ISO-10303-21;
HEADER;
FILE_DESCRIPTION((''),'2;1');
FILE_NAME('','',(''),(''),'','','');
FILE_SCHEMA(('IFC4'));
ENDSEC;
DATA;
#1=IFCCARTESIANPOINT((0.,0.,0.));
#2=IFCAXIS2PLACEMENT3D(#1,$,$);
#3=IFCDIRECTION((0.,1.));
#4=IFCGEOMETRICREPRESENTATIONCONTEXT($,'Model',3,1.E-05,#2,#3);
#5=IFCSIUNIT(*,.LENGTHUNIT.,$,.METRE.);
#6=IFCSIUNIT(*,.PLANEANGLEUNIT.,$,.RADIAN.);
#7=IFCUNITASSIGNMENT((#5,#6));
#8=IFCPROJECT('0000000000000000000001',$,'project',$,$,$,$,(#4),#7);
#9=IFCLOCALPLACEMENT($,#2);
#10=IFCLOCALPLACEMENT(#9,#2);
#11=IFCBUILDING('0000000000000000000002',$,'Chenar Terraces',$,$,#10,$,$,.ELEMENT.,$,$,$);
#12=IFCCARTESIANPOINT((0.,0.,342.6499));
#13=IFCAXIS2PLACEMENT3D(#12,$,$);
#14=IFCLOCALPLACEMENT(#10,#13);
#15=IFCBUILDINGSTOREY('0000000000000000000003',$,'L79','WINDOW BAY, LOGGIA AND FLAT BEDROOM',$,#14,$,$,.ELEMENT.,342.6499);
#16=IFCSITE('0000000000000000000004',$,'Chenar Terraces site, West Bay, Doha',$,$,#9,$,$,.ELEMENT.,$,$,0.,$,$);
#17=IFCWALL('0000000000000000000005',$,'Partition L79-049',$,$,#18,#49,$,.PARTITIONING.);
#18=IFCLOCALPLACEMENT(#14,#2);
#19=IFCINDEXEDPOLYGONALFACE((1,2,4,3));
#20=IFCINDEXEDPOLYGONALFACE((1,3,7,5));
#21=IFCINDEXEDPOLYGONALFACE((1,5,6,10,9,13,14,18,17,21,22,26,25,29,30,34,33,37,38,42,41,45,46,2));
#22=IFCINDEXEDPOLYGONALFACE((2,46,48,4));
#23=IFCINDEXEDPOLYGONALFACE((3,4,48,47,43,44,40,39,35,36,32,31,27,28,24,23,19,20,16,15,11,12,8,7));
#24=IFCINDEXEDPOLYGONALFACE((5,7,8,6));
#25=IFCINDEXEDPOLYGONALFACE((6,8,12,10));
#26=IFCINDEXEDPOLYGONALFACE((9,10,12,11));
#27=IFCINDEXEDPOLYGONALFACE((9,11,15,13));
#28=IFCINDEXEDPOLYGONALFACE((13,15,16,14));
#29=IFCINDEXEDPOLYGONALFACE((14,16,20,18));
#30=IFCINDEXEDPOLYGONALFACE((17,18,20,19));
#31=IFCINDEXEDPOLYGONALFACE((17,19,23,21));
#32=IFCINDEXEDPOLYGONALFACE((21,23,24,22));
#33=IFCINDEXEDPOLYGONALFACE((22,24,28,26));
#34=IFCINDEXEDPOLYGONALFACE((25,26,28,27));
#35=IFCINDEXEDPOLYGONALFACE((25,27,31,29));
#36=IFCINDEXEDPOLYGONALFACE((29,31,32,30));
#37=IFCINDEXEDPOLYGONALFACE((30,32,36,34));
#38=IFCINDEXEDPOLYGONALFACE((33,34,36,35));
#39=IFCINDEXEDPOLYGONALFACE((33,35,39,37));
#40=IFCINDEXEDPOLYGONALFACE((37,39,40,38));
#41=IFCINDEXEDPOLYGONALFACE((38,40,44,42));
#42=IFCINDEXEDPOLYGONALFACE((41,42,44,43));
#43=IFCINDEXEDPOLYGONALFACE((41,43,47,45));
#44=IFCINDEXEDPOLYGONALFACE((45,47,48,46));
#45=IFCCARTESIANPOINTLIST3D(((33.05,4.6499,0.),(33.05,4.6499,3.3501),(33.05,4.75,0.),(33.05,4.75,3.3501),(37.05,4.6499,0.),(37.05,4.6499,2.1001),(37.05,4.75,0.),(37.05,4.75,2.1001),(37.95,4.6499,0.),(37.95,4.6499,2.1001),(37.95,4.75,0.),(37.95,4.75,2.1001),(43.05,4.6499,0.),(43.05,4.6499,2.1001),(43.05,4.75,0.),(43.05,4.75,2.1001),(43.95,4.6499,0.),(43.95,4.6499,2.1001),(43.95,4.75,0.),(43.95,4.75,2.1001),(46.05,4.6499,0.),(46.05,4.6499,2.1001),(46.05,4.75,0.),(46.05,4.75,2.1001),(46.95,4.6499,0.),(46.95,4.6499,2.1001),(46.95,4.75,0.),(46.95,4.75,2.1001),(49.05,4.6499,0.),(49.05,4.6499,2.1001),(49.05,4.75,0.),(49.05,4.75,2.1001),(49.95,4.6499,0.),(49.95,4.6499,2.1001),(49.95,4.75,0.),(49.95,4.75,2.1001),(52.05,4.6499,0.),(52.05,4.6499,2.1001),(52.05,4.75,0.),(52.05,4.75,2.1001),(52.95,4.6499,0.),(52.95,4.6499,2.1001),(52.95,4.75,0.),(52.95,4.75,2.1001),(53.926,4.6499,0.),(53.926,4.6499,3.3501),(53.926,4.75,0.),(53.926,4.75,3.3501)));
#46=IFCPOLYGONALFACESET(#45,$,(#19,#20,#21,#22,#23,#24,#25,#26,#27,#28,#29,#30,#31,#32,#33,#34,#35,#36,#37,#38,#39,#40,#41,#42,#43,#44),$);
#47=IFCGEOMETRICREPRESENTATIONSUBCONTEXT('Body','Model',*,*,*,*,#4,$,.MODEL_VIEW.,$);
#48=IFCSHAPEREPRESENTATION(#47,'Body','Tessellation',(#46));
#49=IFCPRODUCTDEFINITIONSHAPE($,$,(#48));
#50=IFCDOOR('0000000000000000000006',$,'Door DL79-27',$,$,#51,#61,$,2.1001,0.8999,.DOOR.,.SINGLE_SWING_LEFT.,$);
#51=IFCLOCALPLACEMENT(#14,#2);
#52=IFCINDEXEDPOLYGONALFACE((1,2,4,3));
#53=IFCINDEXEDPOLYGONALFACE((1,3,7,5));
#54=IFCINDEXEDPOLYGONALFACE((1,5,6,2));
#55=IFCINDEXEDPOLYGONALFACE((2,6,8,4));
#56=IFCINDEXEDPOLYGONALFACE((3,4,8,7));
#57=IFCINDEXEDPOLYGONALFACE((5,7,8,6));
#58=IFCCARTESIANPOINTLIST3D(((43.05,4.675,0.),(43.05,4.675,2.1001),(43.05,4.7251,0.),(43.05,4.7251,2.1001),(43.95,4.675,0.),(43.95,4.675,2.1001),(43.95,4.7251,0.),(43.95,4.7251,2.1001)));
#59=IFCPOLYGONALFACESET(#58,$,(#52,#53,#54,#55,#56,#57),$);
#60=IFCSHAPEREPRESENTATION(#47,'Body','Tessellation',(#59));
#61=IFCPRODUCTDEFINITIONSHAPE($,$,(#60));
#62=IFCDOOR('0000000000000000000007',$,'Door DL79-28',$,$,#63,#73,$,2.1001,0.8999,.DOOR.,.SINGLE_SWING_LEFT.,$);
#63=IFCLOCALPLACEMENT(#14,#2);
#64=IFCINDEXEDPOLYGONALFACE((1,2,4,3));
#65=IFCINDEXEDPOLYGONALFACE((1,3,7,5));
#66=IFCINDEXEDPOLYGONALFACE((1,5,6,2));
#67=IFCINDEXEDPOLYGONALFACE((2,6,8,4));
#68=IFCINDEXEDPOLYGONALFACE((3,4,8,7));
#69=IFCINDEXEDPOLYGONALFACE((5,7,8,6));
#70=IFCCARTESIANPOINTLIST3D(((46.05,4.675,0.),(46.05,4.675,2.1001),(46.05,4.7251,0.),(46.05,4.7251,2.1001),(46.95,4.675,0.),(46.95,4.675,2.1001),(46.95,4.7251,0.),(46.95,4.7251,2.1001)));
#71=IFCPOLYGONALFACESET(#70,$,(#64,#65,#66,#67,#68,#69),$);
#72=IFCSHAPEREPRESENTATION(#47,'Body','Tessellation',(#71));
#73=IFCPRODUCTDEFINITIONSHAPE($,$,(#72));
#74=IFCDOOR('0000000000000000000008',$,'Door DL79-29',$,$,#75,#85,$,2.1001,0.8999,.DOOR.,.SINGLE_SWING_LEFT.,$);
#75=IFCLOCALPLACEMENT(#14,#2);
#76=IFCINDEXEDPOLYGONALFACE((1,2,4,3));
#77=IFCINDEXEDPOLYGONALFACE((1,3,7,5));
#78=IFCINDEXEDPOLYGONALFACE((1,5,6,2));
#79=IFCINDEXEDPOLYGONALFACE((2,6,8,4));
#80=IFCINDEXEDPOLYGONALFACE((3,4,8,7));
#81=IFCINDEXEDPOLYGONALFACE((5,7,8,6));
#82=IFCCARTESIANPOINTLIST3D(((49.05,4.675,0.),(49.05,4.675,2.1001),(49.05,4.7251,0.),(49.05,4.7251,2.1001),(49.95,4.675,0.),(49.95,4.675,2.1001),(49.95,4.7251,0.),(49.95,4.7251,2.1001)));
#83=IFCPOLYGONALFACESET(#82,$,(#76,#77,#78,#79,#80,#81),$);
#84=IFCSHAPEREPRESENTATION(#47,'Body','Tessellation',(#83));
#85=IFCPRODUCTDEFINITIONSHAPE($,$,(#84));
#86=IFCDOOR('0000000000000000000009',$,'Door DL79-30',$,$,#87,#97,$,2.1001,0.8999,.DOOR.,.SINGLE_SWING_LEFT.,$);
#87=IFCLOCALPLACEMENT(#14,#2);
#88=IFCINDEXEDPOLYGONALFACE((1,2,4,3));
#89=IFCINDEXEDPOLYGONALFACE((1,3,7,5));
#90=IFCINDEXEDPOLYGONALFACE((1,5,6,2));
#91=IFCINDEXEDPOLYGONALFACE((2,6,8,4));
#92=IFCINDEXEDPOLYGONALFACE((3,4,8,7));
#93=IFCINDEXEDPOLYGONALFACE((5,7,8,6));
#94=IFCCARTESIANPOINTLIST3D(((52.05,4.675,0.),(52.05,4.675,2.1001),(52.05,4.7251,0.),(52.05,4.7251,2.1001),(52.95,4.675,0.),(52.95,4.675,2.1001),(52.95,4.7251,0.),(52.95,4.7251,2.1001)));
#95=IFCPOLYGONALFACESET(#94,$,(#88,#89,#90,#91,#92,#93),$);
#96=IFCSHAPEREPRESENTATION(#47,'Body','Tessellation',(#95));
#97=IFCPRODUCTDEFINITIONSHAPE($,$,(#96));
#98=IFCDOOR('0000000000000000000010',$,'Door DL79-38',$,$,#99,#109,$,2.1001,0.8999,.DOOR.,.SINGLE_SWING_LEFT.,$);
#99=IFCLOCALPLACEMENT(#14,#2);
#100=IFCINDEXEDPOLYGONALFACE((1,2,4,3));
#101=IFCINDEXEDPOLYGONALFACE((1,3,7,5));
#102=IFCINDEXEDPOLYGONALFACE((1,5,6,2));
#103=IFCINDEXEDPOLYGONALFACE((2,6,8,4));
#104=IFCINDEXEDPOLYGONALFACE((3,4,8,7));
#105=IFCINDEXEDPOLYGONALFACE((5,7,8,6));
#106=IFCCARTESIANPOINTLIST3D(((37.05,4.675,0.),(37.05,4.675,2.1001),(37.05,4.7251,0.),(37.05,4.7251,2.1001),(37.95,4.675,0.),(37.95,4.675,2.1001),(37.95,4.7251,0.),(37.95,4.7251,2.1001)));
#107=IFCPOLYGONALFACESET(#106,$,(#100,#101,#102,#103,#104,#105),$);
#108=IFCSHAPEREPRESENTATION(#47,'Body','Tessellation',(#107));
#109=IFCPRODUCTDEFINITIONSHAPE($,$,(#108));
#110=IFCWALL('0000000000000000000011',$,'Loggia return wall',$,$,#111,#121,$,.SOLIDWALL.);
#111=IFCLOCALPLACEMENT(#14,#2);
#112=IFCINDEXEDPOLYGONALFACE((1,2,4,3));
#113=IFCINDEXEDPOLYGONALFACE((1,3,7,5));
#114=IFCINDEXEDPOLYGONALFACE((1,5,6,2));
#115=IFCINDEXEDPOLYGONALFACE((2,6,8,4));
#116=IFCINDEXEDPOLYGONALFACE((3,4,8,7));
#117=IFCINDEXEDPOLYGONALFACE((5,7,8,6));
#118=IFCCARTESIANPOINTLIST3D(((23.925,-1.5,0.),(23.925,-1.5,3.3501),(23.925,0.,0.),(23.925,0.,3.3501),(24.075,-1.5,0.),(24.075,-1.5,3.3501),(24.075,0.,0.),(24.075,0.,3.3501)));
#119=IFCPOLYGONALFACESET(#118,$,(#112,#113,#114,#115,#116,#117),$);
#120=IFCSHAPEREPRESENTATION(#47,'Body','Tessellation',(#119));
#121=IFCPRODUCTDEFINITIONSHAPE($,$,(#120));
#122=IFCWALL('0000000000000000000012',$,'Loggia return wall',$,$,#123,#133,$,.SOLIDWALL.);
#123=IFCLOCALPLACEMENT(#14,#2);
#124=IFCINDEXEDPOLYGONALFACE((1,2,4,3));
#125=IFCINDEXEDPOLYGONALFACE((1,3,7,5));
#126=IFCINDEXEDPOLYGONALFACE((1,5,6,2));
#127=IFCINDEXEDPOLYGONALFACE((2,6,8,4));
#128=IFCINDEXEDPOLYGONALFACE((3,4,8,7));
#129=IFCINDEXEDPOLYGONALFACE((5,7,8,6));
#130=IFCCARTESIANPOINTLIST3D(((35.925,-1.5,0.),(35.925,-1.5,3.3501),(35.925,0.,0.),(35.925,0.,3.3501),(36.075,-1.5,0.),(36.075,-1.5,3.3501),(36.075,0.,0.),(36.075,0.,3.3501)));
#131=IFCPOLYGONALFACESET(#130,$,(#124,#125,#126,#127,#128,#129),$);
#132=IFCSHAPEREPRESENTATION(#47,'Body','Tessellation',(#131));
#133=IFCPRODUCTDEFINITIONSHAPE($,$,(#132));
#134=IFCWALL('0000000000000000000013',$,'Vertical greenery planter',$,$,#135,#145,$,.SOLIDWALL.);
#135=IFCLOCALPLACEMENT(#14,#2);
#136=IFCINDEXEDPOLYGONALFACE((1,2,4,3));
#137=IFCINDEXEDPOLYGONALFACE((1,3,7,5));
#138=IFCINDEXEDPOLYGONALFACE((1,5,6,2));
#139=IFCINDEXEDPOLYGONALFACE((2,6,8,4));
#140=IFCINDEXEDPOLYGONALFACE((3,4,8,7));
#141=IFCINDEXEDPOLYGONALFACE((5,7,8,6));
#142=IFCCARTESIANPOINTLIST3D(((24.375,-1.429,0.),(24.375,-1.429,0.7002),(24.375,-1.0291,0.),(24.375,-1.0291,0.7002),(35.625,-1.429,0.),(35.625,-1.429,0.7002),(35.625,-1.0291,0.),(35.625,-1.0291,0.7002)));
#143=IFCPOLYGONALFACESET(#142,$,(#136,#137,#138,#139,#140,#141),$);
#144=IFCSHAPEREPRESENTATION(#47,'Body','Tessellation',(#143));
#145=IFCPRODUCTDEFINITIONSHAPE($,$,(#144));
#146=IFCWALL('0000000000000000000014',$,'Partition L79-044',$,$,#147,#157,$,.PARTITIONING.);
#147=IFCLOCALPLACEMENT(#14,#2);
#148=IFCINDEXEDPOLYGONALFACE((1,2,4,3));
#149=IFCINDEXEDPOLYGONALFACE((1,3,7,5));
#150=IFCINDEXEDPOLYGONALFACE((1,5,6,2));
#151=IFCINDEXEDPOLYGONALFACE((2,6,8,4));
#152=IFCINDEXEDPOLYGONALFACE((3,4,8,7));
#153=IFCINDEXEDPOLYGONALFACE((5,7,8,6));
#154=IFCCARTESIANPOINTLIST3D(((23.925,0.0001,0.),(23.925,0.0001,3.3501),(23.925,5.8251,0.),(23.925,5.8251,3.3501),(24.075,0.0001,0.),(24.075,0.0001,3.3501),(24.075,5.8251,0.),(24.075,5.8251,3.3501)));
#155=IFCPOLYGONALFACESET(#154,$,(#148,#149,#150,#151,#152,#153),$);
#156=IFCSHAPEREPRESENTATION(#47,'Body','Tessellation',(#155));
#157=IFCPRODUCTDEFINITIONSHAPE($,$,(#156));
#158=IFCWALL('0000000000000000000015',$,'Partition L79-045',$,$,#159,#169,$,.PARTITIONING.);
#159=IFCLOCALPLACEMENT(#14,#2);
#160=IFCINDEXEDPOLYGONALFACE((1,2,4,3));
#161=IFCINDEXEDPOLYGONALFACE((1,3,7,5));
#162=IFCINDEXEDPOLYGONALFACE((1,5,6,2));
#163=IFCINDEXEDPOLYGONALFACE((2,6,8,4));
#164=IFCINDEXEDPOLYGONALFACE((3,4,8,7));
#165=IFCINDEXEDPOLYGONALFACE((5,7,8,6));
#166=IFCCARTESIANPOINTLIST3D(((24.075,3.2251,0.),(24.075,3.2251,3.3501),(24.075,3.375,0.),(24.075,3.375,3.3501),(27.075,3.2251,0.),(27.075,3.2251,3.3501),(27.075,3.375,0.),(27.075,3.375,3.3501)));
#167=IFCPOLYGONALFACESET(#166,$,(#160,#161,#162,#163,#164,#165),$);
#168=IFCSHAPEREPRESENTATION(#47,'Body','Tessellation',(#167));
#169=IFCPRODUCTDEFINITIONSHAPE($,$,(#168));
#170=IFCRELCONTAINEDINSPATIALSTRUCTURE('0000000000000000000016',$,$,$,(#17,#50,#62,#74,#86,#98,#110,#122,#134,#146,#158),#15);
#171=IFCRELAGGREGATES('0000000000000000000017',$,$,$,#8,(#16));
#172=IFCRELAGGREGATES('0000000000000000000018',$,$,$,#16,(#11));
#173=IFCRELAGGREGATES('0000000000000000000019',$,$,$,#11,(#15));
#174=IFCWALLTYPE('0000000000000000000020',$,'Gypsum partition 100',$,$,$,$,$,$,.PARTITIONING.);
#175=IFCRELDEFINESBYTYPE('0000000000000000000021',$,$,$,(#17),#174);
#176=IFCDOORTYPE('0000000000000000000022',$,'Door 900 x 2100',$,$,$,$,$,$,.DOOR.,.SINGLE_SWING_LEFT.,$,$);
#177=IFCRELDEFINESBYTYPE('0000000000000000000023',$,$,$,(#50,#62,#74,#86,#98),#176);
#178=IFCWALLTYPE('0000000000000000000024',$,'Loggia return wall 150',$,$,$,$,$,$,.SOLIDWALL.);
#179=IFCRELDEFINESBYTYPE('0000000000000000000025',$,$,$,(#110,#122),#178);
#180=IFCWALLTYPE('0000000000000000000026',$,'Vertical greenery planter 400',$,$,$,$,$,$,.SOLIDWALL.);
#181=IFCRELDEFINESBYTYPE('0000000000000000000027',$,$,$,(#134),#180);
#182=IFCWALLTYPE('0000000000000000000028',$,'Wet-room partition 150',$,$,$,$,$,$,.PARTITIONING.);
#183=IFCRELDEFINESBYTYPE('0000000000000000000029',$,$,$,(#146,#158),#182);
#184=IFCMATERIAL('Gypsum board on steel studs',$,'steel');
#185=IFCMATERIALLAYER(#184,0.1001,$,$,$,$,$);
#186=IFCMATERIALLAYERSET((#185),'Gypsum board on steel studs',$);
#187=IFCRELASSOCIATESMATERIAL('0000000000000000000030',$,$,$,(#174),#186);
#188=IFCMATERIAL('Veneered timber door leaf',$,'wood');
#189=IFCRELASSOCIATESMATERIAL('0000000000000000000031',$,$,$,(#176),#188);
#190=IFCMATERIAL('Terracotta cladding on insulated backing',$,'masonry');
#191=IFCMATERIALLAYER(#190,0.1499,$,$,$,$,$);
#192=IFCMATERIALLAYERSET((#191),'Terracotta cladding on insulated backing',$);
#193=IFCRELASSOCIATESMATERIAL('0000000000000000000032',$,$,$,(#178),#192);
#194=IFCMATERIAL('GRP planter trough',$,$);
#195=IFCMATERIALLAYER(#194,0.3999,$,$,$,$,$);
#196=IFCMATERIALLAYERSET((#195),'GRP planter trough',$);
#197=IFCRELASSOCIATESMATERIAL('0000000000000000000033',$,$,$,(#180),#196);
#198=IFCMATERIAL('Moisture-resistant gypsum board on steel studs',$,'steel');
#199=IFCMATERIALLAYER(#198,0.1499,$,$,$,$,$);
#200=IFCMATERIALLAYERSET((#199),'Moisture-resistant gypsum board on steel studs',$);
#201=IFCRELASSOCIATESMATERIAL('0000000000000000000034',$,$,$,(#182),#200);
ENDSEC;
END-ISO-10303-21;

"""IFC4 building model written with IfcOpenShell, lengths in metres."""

from ifc_helpers import new_model, si_unit, direction, frame, frame_2d, origin, place, context, subcontext, project, spatial, rectangle, extrude, material, layer, layer_set, type_object, element, fill, save


model = new_model("IFC4")

# Units and contexts
model_context = context("Model", 3, precision=1e-05, world=origin(), true_north=direction((0.0, 1.0)))
body_context = subcontext(model_context, "Body", "Model", "MODEL_VIEW")
ifc_project = project(units=[si_unit("LENGTHUNIT", "METRE"), si_unit("PLANEANGLEUNIT", "RADIAN")], contexts=[model_context])

# Site, building, storey
site_placement = place(None, origin())
site = spatial("IfcSite", under=ifc_project, at=site_placement, Name="Chenar Terraces site, West Bay, Doha", CompositionType="ELEMENT", RefElevation=0.0)
building_placement = place(site_placement, origin())
building = spatial("IfcBuilding", under=site, at=building_placement, Name="Chenar Terraces", CompositionType="ELEMENT")
storey_placement = place(building_placement, frame((0.0, 0.0, 342.6499)))
storey = spatial("IfcBuildingStorey", under=building, at=storey_placement, Name="L79", Description="WINDOW BAY, LOGGIA AND FLAT BEDROOM", CompositionType="ELEMENT", Elevation=342.6499)

# Shared definitions
ifc_material_1 = material(Name="Gypsum board on steel studs", Category="steel")
ifc_layer_1 = layer(ifc_material_1, 0.1001)
ifc_layer_set_1 = layer_set([ifc_layer_1], Name="Gypsum board on steel studs")
wall_type_1 = type_object("IfcWallType", Name="Gypsum partition 100", PredefinedType="PARTITIONING", material=ifc_layer_set_1)

# Shared definitions
ifc_material_2 = material(Name="Veneered timber door leaf", Category="wood")
door_type_1 = type_object("IfcDoorType", Name="Door 900 x 2100", OperationType="SINGLE_SWING_LEFT", PredefinedType="DOOR", material=ifc_material_2)

# Wall, openings, doors
wall_1_placement = place(storey_placement, frame((33.05, 4.7, 0.0), z_axis=(0.0, 0.0, 1.0), x_axis=(1.0, 0.0, 0.0)))
wall_1 = element("IfcWall", 1, at=wall_1_placement, inside=storey, type_object=wall_type_1, Name="Partition L79-049", PredefinedType="PARTITIONING", context=body_context, shape_type="SweptSolid", body=[
    extrude(rectangle(XDim=20.876, YDim=0.1001, at=frame_2d((10.438, 0.0))), origin(), (0.0, 0.0, 1.0), 3.3501),
])
opening_1_placement = place(wall_1_placement, frame((10.0, 0.0, 0.0)))
opening_1 = element("IfcOpeningElement", 2, at=opening_1_placement, cuts=wall_1, PredefinedType="OPENING", context=body_context, shape_type="SweptSolid", body=[
    extrude(rectangle(XDim=0.8999, YDim=2.1001, at=frame_2d((0.45, 1.05))), frame((0.0, 0.0601, 0.0), z_axis=(0.0, -1.0, 0.0), x_axis=(1.0, 0.0, 0.0)), (0.0, 0.0, 1.0), 0.1201),
])
opening_2_placement = place(wall_1_placement, frame((13.0, 0.0, 0.0)))
opening_2 = element("IfcOpeningElement", 3, at=opening_2_placement, cuts=wall_1, PredefinedType="OPENING", context=body_context, shape_type="SweptSolid", body=[
    extrude(rectangle(XDim=0.8999, YDim=2.1001, at=frame_2d((0.45, 1.05))), frame((0.0, 0.0601, 0.0), z_axis=(0.0, -1.0, 0.0), x_axis=(1.0, 0.0, 0.0)), (0.0, 0.0, 1.0), 0.1201),
])
opening_3_placement = place(wall_1_placement, frame((16.0, 0.0, 0.0)))
opening_3 = element("IfcOpeningElement", 4, at=opening_3_placement, cuts=wall_1, PredefinedType="OPENING", context=body_context, shape_type="SweptSolid", body=[
    extrude(rectangle(XDim=0.8999, YDim=2.1001, at=frame_2d((0.45, 1.05))), frame((0.0, 0.0601, 0.0), z_axis=(0.0, -1.0, 0.0), x_axis=(1.0, 0.0, 0.0)), (0.0, 0.0, 1.0), 0.1201),
])
opening_4_placement = place(wall_1_placement, frame((19.0, 0.0, 0.0)))
opening_4 = element("IfcOpeningElement", 5, at=opening_4_placement, cuts=wall_1, PredefinedType="OPENING", context=body_context, shape_type="SweptSolid", body=[
    extrude(rectangle(XDim=0.8999, YDim=2.1001, at=frame_2d((0.45, 1.05))), frame((0.0, 0.0601, 0.0), z_axis=(0.0, -1.0, 0.0), x_axis=(1.0, 0.0, 0.0)), (0.0, 0.0, 1.0), 0.1201),
])
opening_5_placement = place(wall_1_placement, frame((4.0, 0.0, 0.0)))
opening_5 = element("IfcOpeningElement", 6, at=opening_5_placement, cuts=wall_1, PredefinedType="OPENING", context=body_context, shape_type="SweptSolid", body=[
    extrude(rectangle(XDim=0.8999, YDim=2.1001, at=frame_2d((0.45, 1.05))), frame((0.0, 0.0601, 0.0), z_axis=(0.0, -1.0, 0.0), x_axis=(1.0, 0.0, 0.0)), (0.0, 0.0, 1.0), 0.1201),
])
door_1_placement = place(opening_1_placement, frame((0.8999, 0.0, 0.0), z_axis=(0.0, 0.0, 1.0), x_axis=(-1.0, 0.0, 0.0)))
door_1 = element("IfcDoor", 7, at=door_1_placement, inside=storey, type_object=door_type_1, Name="Door DL79-27", OperationType="SINGLE_SWING_LEFT", OverallHeight=2.1001, OverallWidth=0.8999, PredefinedType="DOOR", context=body_context, shape_type="SweptSolid", body=[
    extrude(rectangle(XDim=0.8999, YDim=2.1001, at=frame_2d((0.45, 1.05))), frame((0.0, 0.0249, 0.0), z_axis=(0.0, -1.0, 0.0), x_axis=(1.0, 0.0, 0.0)), (0.0, 0.0, 1.0), 0.05),
])
fill(opening_1, door_1)
door_2_placement = place(opening_2_placement, frame((0.8999, 0.0, 0.0), z_axis=(0.0, 0.0, 1.0), x_axis=(-1.0, 0.0, 0.0)))
door_2 = element("IfcDoor", 8, at=door_2_placement, inside=storey, type_object=door_type_1, Name="Door DL79-28", OperationType="SINGLE_SWING_LEFT", OverallHeight=2.1001, OverallWidth=0.8999, PredefinedType="DOOR", context=body_context, shape_type="SweptSolid", body=[
    extrude(rectangle(XDim=0.8999, YDim=2.1001, at=frame_2d((0.45, 1.05))), frame((0.0, 0.0249, 0.0), z_axis=(0.0, -1.0, 0.0), x_axis=(1.0, 0.0, 0.0)), (0.0, 0.0, 1.0), 0.05),
])
fill(opening_2, door_2)
door_3_placement = place(opening_3_placement, frame((0.8999, 0.0, 0.0), z_axis=(0.0, 0.0, 1.0), x_axis=(-1.0, 0.0, 0.0)))
door_3 = element("IfcDoor", 9, at=door_3_placement, inside=storey, type_object=door_type_1, Name="Door DL79-29", OperationType="SINGLE_SWING_LEFT", OverallHeight=2.1001, OverallWidth=0.8999, PredefinedType="DOOR", context=body_context, shape_type="SweptSolid", body=[
    extrude(rectangle(XDim=0.8999, YDim=2.1001, at=frame_2d((0.45, 1.05))), frame((0.0, 0.0249, 0.0), z_axis=(0.0, -1.0, 0.0), x_axis=(1.0, 0.0, 0.0)), (0.0, 0.0, 1.0), 0.05),
])
fill(opening_3, door_3)
door_4_placement = place(opening_4_placement, frame((0.8999, 0.0, 0.0), z_axis=(0.0, 0.0, 1.0), x_axis=(-1.0, 0.0, 0.0)))
door_4 = element("IfcDoor", 10, at=door_4_placement, inside=storey, type_object=door_type_1, Name="Door DL79-30", OperationType="SINGLE_SWING_LEFT", OverallHeight=2.1001, OverallWidth=0.8999, PredefinedType="DOOR", context=body_context, shape_type="SweptSolid", body=[
    extrude(rectangle(XDim=0.8999, YDim=2.1001, at=frame_2d((0.45, 1.05))), frame((0.0, 0.0249, 0.0), z_axis=(0.0, -1.0, 0.0), x_axis=(1.0, 0.0, 0.0)), (0.0, 0.0, 1.0), 0.05),
])
fill(opening_4, door_4)
door_5_placement = place(opening_5_placement, frame((0.8999, 0.0, 0.0), z_axis=(0.0, 0.0, 1.0), x_axis=(-1.0, 0.0, 0.0)))
door_5 = element("IfcDoor", 11, at=door_5_placement, inside=storey, type_object=door_type_1, Name="Door DL79-38", OperationType="SINGLE_SWING_LEFT", OverallHeight=2.1001, OverallWidth=0.8999, PredefinedType="DOOR", context=body_context, shape_type="SweptSolid", body=[
    extrude(rectangle(XDim=0.8999, YDim=2.1001, at=frame_2d((0.45, 1.05))), frame((0.0, 0.0249, 0.0), z_axis=(0.0, -1.0, 0.0), x_axis=(1.0, 0.0, 0.0)), (0.0, 0.0, 1.0), 0.05),
])
fill(opening_5, door_5)

# Walls
ifc_material_3 = material(Name="Terracotta cladding on insulated backing", Category="masonry")
ifc_layer_2 = layer(ifc_material_3, 0.1499)
ifc_layer_set_2 = layer_set([ifc_layer_2], Name="Terracotta cladding on insulated backing")
wall_type_2 = type_object("IfcWallType", Name="Loggia return wall 150", PredefinedType="SOLIDWALL", material=ifc_layer_set_2)
for number, where, z_axis, x_axis, name in (
    (12, (24.0, -1.5, 0.0), (0.0, 0.0, 1.0), (0.0, 1.0, 0.0), "Loggia return wall"),
    (13, (36.0, -1.5, 0.0), (0.0, 0.0, 1.0), (0.0, 1.0, 0.0), "Loggia return wall"),
):
    element("IfcWall", number, at=place(storey_placement, frame(where, z_axis=z_axis, x_axis=x_axis)), inside=storey, type_object=wall_type_2, Name=name, PredefinedType="SOLIDWALL", context=body_context, shape_type="SweptSolid", body=[
        extrude(rectangle(XDim=1.5, YDim=0.1499, at=frame_2d((0.75, 0.0))), origin(), (0.0, 0.0, 1.0), 3.3501),
    ])
ifc_material_4 = material(Name="GRP planter trough")
ifc_layer_3 = layer(ifc_material_4, 0.3999)
ifc_layer_set_3 = layer_set([ifc_layer_3], Name="GRP planter trough")
wall_type_3 = type_object("IfcWallType", Name="Vertical greenery planter 400", PredefinedType="SOLIDWALL", material=ifc_layer_set_3)
wall_2_placement = place(storey_placement, frame((24.375, -1.229, 0.0), z_axis=(0.0, 0.0, 1.0), x_axis=(1.0, 0.0, 0.0)))
element("IfcWall", 14, at=wall_2_placement, inside=storey, type_object=wall_type_3, Name="Vertical greenery planter", PredefinedType="SOLIDWALL", context=body_context, shape_type="SweptSolid", body=[
    extrude(rectangle(XDim=11.25, YDim=0.3999, at=frame_2d((5.625, 0.0))), origin(), (0.0, 0.0, 1.0), 0.7002),
])
ifc_material_5 = material(Name="Moisture-resistant gypsum board on steel studs", Category="steel")
ifc_layer_4 = layer(ifc_material_5, 0.1499)
ifc_layer_set_4 = layer_set([ifc_layer_4], Name="Moisture-resistant gypsum board on steel studs")
wall_type_4 = type_object("IfcWallType", Name="Wet-room partition 150", PredefinedType="PARTITIONING", material=ifc_layer_set_4)
wall_3_placement = place(storey_placement, frame((24.0, 0.0, 0.0), z_axis=(0.0, 0.0, 1.0), x_axis=(0.0, 1.0, 0.0)))
element("IfcWall", 15, at=wall_3_placement, inside=storey, type_object=wall_type_4, Name="Partition L79-044", PredefinedType="PARTITIONING", context=body_context, shape_type="SweptSolid", body=[
    extrude(rectangle(XDim=5.825, YDim=0.1499, at=frame_2d((2.9126, 0.0))), origin(), (0.0, 0.0, 1.0), 3.3501),
])
wall_4_placement = place(storey_placement, frame((24.075, 3.3, 0.0), z_axis=(0.0, 0.0, 1.0), x_axis=(1.0, 0.0, 0.0)))
element("IfcWall", 16, at=wall_4_placement, inside=storey, type_object=wall_type_4, Name="Partition L79-045", PredefinedType="PARTITIONING", context=body_context, shape_type="SweptSolid", body=[
    extrude(rectangle(XDim=3.0, YDim=0.1499, at=frame_2d((1.5, 0.0))), origin(), (0.0, 0.0, 1.0), 3.3501),
])

save(model, "model.ifc")
